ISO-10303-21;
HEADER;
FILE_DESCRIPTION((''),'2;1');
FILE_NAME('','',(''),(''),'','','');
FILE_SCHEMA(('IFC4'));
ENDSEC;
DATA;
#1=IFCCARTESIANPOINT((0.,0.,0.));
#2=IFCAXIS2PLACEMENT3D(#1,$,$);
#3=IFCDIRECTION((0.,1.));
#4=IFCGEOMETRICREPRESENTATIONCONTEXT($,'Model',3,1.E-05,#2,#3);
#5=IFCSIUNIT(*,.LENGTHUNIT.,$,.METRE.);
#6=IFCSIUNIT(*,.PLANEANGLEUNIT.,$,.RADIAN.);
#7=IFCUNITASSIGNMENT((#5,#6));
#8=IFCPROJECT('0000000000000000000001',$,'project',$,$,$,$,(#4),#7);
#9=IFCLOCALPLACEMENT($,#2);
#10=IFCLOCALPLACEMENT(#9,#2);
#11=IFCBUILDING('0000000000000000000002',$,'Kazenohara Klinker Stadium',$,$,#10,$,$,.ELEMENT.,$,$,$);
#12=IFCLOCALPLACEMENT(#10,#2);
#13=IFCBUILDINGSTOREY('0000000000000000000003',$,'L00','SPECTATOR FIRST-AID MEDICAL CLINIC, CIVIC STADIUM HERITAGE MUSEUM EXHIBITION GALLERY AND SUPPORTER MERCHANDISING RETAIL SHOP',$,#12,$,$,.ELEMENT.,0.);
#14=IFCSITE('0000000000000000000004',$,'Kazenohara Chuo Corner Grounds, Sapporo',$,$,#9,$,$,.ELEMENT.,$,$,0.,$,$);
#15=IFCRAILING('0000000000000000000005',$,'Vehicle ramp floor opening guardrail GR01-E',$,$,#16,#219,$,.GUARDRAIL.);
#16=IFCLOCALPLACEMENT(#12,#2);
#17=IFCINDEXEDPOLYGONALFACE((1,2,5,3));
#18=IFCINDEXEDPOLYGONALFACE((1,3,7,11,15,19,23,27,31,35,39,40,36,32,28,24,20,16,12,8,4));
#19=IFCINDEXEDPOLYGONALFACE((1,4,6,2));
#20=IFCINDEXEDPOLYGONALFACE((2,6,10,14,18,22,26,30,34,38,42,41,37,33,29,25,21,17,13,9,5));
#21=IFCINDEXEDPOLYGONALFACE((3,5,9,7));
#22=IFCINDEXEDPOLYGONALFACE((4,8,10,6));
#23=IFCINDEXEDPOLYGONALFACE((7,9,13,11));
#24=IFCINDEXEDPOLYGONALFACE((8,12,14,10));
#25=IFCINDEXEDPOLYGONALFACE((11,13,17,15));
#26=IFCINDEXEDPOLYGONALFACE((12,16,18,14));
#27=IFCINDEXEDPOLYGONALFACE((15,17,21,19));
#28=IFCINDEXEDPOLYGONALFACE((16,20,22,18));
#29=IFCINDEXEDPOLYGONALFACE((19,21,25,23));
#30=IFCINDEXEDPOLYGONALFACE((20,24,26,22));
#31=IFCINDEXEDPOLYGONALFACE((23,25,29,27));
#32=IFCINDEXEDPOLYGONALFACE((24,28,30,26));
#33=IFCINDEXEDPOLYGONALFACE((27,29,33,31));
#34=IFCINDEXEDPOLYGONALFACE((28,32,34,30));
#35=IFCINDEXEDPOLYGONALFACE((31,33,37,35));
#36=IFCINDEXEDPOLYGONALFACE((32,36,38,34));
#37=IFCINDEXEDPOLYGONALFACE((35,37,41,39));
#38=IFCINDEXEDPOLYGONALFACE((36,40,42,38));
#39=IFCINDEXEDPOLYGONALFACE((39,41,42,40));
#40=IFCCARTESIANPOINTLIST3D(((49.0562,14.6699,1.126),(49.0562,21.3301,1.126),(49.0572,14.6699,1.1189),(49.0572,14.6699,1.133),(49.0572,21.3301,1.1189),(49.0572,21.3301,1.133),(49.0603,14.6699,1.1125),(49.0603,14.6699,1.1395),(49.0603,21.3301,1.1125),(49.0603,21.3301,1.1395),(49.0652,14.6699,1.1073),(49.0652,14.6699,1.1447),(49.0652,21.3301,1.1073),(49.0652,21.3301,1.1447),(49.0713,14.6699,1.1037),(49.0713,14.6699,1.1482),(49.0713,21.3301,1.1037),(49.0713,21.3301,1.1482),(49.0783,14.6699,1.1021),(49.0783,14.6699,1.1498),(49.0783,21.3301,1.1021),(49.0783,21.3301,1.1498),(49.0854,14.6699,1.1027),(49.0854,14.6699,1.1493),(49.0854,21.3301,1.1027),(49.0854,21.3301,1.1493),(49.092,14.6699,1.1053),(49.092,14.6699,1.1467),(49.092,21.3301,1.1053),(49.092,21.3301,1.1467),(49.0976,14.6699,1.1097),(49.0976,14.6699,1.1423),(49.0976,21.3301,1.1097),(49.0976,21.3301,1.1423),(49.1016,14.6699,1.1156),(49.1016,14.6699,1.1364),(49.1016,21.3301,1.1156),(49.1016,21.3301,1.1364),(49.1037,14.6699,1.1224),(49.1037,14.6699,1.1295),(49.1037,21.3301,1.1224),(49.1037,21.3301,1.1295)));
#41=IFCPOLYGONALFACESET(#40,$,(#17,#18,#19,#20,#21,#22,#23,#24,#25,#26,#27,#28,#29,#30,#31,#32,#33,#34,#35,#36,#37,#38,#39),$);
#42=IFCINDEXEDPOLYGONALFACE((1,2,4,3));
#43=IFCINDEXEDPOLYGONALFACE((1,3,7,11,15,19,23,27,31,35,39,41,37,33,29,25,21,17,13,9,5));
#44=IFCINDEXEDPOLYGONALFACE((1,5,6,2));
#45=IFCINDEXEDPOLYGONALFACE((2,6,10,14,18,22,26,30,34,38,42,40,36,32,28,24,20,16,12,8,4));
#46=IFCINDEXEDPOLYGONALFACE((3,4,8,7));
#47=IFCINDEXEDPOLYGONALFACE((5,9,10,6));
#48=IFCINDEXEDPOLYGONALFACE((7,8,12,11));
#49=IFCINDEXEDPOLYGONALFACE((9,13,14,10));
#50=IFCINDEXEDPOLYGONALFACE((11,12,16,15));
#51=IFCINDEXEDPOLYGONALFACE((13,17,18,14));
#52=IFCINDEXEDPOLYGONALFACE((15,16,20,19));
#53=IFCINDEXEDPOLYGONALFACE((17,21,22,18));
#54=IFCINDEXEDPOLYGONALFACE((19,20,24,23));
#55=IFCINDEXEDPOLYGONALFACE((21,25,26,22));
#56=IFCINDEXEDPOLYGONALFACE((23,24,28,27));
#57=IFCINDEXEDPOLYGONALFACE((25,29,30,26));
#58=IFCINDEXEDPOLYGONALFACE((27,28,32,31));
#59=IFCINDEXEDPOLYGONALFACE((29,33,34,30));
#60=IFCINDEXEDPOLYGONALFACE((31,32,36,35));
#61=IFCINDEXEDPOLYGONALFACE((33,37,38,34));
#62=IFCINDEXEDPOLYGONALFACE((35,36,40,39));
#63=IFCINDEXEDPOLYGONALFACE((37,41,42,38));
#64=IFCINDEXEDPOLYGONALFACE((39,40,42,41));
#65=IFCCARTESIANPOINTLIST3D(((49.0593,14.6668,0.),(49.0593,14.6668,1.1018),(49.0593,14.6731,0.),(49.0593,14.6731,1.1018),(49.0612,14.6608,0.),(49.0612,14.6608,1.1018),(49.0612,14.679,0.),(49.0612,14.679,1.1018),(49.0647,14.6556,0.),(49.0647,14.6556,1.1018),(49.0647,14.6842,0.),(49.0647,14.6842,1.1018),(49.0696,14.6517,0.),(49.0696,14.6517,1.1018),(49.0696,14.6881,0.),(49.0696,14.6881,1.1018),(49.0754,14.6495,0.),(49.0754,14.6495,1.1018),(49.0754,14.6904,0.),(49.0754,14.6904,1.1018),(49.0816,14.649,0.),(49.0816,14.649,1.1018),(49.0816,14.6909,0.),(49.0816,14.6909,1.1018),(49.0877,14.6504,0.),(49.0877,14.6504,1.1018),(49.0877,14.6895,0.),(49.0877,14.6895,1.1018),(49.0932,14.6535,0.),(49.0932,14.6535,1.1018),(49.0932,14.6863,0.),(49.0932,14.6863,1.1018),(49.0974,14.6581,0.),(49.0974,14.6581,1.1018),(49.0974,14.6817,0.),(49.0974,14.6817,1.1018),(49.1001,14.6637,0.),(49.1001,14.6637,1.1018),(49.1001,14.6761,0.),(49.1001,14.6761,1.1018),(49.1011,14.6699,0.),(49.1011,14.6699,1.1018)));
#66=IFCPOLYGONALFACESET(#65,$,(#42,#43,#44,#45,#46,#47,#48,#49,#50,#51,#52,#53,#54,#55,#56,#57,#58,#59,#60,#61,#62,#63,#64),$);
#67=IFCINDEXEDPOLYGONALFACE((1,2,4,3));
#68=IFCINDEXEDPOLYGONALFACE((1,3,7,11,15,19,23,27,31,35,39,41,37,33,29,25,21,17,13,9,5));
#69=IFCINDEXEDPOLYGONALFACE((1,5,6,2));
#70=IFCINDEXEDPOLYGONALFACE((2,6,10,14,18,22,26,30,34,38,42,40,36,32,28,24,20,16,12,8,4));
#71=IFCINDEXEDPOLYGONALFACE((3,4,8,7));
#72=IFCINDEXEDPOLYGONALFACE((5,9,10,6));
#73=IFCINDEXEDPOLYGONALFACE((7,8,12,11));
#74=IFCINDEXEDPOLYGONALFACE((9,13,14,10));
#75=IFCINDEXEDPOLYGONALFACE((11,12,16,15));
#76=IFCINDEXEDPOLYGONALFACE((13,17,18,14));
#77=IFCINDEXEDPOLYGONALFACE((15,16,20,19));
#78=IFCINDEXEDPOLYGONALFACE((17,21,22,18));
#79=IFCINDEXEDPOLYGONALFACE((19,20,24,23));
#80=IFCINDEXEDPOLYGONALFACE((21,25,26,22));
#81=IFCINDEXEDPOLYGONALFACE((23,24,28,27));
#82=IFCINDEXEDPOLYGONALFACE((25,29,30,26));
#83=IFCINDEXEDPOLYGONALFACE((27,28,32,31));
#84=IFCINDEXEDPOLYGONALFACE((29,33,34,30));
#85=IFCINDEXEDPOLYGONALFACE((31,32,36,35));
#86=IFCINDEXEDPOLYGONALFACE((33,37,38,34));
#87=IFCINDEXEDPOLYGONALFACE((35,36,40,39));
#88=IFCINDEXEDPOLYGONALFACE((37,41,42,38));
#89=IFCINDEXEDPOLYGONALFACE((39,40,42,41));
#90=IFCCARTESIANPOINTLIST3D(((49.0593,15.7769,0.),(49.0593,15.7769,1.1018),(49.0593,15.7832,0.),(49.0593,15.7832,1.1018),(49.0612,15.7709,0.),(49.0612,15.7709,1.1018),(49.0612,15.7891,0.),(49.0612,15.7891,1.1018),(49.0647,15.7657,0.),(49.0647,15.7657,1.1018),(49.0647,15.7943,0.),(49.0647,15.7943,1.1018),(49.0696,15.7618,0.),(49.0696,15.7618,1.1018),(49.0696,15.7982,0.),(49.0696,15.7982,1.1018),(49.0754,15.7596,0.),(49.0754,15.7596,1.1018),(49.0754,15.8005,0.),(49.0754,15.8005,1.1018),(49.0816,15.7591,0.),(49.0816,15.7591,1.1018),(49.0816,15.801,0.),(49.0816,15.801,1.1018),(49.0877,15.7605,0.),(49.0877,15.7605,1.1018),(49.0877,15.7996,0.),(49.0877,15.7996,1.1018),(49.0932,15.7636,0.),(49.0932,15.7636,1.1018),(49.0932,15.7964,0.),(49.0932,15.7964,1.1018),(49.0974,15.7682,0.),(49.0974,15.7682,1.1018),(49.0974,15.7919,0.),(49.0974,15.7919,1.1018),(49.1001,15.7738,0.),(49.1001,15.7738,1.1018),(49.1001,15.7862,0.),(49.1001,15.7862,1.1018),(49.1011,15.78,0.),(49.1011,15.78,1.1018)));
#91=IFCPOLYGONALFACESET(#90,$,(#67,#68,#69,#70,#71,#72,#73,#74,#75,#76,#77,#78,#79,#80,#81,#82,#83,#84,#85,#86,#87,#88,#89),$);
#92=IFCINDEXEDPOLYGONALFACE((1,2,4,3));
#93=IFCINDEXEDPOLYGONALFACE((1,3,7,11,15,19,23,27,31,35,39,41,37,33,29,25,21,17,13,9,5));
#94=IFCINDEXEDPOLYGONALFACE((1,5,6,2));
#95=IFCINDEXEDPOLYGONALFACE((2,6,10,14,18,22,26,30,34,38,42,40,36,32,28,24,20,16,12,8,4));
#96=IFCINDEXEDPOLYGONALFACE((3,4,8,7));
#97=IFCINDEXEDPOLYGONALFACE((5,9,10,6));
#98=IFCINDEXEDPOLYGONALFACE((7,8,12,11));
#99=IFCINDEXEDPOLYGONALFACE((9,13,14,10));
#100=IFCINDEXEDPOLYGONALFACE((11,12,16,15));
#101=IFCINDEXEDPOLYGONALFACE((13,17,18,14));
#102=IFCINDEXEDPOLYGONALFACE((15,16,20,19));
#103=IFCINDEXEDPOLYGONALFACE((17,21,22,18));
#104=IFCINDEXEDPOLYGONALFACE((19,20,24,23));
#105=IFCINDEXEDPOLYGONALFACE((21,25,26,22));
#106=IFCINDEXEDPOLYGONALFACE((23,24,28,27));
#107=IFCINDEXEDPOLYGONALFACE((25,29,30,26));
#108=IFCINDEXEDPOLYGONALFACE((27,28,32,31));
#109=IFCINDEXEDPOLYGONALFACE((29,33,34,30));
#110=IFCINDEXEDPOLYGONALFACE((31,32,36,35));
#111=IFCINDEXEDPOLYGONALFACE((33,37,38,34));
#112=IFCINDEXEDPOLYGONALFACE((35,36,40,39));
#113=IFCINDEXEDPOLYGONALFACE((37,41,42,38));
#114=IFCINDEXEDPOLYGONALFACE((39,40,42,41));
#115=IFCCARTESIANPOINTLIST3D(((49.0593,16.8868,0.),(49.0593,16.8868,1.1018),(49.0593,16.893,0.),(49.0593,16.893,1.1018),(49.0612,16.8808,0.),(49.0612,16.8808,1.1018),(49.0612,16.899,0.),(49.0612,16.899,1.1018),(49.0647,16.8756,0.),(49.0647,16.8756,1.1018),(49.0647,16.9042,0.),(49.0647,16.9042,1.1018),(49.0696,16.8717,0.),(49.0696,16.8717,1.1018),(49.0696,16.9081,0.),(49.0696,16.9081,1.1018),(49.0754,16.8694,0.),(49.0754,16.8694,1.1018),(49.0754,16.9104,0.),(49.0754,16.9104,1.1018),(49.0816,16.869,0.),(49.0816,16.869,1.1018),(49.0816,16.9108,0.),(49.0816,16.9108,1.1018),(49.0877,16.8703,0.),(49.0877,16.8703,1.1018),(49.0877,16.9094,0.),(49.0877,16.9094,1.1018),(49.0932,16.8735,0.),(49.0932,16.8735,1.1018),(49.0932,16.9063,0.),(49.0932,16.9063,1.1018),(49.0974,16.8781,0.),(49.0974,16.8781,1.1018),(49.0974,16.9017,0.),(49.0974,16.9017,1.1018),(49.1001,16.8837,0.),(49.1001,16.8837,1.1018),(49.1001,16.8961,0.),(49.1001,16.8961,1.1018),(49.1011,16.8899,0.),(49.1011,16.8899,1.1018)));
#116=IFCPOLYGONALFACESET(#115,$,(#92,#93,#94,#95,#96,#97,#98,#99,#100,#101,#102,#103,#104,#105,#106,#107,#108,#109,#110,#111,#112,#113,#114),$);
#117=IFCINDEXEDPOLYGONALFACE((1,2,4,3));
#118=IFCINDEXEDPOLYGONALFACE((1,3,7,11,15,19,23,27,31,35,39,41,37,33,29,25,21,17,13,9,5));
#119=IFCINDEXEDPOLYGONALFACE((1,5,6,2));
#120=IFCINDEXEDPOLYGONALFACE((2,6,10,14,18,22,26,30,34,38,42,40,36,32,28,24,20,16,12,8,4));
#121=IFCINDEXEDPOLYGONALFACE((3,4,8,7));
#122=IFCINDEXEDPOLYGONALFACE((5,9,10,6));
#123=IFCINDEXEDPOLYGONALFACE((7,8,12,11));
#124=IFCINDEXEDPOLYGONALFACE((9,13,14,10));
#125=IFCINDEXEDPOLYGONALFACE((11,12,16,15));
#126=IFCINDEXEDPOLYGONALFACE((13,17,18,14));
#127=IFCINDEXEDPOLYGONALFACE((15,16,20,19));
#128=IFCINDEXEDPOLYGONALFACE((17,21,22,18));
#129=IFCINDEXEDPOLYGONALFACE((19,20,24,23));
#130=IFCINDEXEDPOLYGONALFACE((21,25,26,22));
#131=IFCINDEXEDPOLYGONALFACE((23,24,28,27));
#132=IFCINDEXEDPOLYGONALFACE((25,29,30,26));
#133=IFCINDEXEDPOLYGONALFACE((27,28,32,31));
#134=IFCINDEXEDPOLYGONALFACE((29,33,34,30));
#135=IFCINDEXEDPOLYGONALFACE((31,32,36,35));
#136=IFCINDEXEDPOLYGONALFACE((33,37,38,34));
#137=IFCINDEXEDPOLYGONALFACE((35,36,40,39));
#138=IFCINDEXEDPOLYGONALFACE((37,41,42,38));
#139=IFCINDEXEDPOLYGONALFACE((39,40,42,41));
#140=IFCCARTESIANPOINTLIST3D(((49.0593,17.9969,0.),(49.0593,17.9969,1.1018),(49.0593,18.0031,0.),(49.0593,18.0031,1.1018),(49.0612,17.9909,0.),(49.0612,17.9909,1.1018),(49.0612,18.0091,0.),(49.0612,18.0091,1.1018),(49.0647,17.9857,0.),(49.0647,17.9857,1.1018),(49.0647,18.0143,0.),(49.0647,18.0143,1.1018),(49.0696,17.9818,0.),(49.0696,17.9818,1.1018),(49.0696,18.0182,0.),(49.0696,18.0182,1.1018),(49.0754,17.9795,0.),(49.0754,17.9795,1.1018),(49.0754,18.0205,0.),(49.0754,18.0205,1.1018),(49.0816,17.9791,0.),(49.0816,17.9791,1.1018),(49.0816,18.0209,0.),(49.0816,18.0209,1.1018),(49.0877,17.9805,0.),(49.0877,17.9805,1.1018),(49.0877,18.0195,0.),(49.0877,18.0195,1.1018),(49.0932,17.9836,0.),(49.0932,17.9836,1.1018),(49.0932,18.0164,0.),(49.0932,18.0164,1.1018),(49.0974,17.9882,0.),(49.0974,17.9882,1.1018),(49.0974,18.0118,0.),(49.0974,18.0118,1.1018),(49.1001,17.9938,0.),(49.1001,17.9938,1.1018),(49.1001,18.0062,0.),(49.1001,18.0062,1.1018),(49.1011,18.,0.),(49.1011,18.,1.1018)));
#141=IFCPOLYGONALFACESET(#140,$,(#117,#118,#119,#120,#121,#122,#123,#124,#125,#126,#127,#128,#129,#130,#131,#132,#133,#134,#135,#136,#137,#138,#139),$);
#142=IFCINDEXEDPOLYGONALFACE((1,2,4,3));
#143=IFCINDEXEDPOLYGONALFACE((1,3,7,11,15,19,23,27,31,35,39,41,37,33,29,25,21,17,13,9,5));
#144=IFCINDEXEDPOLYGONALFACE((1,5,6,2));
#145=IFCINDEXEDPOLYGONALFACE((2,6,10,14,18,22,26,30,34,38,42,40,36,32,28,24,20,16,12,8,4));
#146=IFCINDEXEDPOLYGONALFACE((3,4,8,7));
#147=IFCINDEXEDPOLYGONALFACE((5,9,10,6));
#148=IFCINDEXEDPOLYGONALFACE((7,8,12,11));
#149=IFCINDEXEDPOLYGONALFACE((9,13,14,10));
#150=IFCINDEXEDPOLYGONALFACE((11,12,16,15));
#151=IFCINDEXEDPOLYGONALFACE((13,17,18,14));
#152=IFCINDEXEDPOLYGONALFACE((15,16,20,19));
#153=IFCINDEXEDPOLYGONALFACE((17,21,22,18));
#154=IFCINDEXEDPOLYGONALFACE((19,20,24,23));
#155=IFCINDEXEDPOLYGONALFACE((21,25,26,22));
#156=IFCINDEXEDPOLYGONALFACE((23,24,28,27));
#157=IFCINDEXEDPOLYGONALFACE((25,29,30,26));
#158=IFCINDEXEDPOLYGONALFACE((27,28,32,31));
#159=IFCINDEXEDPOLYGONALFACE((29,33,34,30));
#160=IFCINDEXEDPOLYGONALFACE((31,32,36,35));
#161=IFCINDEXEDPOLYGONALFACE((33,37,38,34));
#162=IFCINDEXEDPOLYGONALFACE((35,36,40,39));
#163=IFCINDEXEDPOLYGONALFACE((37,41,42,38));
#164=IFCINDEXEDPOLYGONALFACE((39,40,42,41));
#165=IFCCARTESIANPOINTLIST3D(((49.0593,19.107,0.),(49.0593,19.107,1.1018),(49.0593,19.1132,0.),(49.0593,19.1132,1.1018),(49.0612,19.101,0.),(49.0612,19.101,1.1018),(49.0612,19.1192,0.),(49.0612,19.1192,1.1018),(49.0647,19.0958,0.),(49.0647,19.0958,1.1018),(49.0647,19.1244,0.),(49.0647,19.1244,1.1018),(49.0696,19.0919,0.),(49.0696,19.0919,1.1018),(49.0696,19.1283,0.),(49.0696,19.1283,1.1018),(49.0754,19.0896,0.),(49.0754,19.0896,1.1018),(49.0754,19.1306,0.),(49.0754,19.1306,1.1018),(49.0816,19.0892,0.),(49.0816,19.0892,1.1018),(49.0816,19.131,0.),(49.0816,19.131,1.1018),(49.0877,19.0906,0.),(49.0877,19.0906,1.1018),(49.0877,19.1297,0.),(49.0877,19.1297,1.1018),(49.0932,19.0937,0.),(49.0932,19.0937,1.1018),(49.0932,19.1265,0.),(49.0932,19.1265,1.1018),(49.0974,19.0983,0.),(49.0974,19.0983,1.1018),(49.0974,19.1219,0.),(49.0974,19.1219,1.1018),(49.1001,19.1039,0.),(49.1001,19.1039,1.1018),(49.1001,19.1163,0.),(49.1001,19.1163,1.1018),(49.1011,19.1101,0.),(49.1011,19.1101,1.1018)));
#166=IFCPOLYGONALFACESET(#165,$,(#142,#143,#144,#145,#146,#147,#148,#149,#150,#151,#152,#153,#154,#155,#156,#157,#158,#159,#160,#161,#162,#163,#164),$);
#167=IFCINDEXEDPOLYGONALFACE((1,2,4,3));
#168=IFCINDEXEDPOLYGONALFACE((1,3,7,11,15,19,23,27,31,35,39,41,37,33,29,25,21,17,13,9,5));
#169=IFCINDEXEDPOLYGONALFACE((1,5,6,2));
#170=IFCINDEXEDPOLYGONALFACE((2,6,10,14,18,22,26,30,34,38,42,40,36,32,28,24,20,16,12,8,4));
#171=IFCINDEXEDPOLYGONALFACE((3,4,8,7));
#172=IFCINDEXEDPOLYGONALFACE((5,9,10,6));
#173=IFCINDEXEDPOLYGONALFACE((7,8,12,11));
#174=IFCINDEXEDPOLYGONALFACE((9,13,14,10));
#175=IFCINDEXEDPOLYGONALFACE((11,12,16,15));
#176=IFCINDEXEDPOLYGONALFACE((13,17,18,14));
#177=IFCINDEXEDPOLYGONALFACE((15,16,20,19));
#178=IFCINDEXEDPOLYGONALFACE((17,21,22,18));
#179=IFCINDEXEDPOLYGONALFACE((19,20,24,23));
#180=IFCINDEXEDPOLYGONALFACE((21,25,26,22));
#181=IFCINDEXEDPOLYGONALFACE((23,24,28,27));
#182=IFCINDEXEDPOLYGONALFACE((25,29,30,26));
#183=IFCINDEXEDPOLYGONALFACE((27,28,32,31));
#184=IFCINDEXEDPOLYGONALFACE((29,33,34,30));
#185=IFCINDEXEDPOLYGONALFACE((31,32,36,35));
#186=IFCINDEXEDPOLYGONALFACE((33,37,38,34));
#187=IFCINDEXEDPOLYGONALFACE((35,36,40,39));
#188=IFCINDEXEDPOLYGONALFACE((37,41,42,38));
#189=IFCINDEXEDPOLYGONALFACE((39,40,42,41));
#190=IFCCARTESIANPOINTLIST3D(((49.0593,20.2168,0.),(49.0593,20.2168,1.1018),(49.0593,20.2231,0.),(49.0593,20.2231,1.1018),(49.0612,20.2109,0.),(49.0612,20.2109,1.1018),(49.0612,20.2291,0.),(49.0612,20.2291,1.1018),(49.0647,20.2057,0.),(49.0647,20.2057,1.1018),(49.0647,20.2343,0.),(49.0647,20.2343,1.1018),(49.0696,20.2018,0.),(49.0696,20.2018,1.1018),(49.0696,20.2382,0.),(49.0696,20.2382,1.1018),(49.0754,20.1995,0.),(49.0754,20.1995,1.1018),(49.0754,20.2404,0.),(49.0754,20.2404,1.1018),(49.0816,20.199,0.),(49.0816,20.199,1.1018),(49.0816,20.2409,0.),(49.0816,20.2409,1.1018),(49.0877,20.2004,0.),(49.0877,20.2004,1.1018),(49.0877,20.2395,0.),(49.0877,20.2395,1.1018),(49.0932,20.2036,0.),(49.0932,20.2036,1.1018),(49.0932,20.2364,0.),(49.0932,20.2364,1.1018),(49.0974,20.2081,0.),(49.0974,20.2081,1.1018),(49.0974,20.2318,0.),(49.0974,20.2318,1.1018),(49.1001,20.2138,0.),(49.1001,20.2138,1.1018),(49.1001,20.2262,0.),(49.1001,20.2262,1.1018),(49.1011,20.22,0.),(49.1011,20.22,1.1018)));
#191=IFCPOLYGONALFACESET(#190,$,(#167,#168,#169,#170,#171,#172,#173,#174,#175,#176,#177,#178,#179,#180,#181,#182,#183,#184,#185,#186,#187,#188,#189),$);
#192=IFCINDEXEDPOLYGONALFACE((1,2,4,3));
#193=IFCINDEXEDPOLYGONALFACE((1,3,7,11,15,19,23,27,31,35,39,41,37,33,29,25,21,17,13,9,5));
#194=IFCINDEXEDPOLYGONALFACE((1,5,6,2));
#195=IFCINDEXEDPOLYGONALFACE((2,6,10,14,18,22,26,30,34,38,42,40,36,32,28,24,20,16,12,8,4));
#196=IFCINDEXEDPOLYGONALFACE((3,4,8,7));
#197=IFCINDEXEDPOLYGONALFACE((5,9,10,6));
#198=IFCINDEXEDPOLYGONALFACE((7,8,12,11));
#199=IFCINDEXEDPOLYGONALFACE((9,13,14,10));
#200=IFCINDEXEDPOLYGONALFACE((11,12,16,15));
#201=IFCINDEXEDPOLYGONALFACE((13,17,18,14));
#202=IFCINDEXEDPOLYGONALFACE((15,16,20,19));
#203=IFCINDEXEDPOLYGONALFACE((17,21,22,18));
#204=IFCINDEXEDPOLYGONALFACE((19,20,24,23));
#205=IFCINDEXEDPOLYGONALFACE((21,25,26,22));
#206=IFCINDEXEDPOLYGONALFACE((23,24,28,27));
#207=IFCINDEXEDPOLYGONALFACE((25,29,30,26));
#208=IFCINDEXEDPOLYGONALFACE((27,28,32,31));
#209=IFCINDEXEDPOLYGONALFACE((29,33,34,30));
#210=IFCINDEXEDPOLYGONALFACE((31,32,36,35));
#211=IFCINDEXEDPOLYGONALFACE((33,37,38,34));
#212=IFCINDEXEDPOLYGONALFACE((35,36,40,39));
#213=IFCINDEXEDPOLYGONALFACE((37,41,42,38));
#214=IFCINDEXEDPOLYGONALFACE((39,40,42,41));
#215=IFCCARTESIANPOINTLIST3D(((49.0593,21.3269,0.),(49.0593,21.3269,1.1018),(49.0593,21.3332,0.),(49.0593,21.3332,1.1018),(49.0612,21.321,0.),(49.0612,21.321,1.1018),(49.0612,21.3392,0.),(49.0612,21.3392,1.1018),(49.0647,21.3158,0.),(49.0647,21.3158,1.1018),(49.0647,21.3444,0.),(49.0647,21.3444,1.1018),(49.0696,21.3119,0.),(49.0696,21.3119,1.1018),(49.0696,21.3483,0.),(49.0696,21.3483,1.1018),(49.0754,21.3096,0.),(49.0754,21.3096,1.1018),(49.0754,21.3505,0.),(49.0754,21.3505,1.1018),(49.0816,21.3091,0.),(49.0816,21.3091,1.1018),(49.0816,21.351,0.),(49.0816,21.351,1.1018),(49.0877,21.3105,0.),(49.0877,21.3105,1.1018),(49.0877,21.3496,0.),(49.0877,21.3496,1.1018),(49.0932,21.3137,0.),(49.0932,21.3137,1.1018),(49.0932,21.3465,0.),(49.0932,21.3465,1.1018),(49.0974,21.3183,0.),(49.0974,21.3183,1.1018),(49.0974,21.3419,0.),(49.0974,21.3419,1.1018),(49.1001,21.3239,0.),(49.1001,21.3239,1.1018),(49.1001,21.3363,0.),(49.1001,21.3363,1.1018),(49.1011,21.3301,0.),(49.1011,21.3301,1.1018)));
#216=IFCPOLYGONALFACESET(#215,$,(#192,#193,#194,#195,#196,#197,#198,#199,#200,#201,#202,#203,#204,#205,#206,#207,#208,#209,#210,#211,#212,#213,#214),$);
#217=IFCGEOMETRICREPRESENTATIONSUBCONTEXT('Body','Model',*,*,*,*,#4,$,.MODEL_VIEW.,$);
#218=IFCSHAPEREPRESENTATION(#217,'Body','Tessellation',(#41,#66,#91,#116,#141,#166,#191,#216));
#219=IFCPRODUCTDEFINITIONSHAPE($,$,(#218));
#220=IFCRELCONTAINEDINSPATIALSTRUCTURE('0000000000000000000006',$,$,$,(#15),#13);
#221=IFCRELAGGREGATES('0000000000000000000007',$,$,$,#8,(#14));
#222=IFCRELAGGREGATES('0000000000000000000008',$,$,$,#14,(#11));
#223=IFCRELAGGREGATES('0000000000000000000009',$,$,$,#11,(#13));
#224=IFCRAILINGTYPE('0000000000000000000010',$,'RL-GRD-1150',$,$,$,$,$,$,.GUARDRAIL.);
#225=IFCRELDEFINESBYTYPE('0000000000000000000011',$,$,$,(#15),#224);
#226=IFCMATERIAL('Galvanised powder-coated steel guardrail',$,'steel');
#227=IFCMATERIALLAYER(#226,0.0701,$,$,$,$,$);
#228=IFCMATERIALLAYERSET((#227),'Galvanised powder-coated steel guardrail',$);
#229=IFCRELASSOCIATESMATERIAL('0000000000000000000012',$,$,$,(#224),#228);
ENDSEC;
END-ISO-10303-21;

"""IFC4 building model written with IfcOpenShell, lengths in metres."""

from ifc_helpers import new_model, si_unit, direction, frame, origin, origin_2d, place, context, subcontext, project, spatial, circle, extrude, material, layer, layer_set, type_object, element, save


model = new_model("IFC4")

# Units and contexts
model_context = context("Model", 3, precision=1e-05, world=origin(), true_north=direction((0.0, 1.0)))
body_context = subcontext(model_context, "Body", "Model", "MODEL_VIEW")
ifc_project = project(units=[si_unit("LENGTHUNIT", "METRE"), si_unit("PLANEANGLEUNIT", "RADIAN")], contexts=[model_context])

# Site, building, storey
site_placement = place(None, origin())
site = spatial("IfcSite", under=ifc_project, at=site_placement, Name="Kazenohara Chuo Corner Grounds, Sapporo", CompositionType="ELEMENT", RefElevation=0.0)
building_placement = place(site_placement, origin())
building = spatial("IfcBuilding", under=site, at=building_placement, Name="Kazenohara Klinker Stadium", CompositionType="ELEMENT")
storey_placement = place(building_placement, origin())
storey = spatial("IfcBuildingStorey", under=building, at=storey_placement, Name="L00", Description="SPECTATOR FIRST-AID MEDICAL CLINIC, CIVIC STADIUM HERITAGE MUSEUM EXHIBITION GALLERY AND SUPPORTER MERCHANDISING RETAIL SHOP", CompositionType="ELEMENT", Elevation=0.0)

# Railing
ifc_material_1 = material(Name="Galvanised powder-coated steel guardrail", Category="steel")
ifc_layer_1 = layer(ifc_material_1, 0.0701)
ifc_layer_set_1 = layer_set([ifc_layer_1], Name="Galvanised powder-coated steel guardrail")
railing_type = type_object("IfcRailingType", Name="RL-GRD-1150", PredefinedType="GUARDRAIL", material=ifc_layer_set_1)
railing_placement = place(storey_placement, frame((49.0801, 14.6699, 0.0)))
element("IfcRailing", 1, at=railing_placement, inside=storey, type_object=railing_type, Name="Vehicle ramp floor opening guardrail GR01-E", PredefinedType="GUARDRAIL", context=body_context, shape_type="SweptSolid", body=[
    extrude(circle(Radius=0.0239, at=origin_2d()), frame((0.0, 0.0, 1.126), z_axis=(0.0, 1.0, 0.0), x_axis=(-1.0, 0.0, 0.0)), (0.0, 0.0, 1.0), 6.6602),
    extrude(circle(Radius=0.021, at=origin_2d()), origin(), (0.0, 0.0, 1.0), 1.1018),
    extrude(circle(Radius=0.021, at=origin_2d()), frame((0.0, 1.1101, 0.0)), (0.0, 0.0, 1.0), 1.1018),
    extrude(circle(Radius=0.021, at=origin_2d()), frame((0.0, 2.22, 0.0)), (0.0, 0.0, 1.0), 1.1018),
    extrude(circle(Radius=0.021, at=origin_2d()), frame((0.0, 3.3301, 0.0)), (0.0, 0.0, 1.0), 1.1018),
    extrude(circle(Radius=0.021, at=origin_2d()), frame((0.0, 4.4402, 0.0)), (0.0, 0.0, 1.0), 1.1018),
    extrude(circle(Radius=0.021, at=origin_2d()), frame((0.0, 5.55, 0.0)), (0.0, 0.0, 1.0), 1.1018),
    extrude(circle(Radius=0.021, at=origin_2d()), frame((0.0, 6.6602, 0.0)), (0.0, 0.0, 1.0), 1.1018),
])

save(model, "model.ifc")
